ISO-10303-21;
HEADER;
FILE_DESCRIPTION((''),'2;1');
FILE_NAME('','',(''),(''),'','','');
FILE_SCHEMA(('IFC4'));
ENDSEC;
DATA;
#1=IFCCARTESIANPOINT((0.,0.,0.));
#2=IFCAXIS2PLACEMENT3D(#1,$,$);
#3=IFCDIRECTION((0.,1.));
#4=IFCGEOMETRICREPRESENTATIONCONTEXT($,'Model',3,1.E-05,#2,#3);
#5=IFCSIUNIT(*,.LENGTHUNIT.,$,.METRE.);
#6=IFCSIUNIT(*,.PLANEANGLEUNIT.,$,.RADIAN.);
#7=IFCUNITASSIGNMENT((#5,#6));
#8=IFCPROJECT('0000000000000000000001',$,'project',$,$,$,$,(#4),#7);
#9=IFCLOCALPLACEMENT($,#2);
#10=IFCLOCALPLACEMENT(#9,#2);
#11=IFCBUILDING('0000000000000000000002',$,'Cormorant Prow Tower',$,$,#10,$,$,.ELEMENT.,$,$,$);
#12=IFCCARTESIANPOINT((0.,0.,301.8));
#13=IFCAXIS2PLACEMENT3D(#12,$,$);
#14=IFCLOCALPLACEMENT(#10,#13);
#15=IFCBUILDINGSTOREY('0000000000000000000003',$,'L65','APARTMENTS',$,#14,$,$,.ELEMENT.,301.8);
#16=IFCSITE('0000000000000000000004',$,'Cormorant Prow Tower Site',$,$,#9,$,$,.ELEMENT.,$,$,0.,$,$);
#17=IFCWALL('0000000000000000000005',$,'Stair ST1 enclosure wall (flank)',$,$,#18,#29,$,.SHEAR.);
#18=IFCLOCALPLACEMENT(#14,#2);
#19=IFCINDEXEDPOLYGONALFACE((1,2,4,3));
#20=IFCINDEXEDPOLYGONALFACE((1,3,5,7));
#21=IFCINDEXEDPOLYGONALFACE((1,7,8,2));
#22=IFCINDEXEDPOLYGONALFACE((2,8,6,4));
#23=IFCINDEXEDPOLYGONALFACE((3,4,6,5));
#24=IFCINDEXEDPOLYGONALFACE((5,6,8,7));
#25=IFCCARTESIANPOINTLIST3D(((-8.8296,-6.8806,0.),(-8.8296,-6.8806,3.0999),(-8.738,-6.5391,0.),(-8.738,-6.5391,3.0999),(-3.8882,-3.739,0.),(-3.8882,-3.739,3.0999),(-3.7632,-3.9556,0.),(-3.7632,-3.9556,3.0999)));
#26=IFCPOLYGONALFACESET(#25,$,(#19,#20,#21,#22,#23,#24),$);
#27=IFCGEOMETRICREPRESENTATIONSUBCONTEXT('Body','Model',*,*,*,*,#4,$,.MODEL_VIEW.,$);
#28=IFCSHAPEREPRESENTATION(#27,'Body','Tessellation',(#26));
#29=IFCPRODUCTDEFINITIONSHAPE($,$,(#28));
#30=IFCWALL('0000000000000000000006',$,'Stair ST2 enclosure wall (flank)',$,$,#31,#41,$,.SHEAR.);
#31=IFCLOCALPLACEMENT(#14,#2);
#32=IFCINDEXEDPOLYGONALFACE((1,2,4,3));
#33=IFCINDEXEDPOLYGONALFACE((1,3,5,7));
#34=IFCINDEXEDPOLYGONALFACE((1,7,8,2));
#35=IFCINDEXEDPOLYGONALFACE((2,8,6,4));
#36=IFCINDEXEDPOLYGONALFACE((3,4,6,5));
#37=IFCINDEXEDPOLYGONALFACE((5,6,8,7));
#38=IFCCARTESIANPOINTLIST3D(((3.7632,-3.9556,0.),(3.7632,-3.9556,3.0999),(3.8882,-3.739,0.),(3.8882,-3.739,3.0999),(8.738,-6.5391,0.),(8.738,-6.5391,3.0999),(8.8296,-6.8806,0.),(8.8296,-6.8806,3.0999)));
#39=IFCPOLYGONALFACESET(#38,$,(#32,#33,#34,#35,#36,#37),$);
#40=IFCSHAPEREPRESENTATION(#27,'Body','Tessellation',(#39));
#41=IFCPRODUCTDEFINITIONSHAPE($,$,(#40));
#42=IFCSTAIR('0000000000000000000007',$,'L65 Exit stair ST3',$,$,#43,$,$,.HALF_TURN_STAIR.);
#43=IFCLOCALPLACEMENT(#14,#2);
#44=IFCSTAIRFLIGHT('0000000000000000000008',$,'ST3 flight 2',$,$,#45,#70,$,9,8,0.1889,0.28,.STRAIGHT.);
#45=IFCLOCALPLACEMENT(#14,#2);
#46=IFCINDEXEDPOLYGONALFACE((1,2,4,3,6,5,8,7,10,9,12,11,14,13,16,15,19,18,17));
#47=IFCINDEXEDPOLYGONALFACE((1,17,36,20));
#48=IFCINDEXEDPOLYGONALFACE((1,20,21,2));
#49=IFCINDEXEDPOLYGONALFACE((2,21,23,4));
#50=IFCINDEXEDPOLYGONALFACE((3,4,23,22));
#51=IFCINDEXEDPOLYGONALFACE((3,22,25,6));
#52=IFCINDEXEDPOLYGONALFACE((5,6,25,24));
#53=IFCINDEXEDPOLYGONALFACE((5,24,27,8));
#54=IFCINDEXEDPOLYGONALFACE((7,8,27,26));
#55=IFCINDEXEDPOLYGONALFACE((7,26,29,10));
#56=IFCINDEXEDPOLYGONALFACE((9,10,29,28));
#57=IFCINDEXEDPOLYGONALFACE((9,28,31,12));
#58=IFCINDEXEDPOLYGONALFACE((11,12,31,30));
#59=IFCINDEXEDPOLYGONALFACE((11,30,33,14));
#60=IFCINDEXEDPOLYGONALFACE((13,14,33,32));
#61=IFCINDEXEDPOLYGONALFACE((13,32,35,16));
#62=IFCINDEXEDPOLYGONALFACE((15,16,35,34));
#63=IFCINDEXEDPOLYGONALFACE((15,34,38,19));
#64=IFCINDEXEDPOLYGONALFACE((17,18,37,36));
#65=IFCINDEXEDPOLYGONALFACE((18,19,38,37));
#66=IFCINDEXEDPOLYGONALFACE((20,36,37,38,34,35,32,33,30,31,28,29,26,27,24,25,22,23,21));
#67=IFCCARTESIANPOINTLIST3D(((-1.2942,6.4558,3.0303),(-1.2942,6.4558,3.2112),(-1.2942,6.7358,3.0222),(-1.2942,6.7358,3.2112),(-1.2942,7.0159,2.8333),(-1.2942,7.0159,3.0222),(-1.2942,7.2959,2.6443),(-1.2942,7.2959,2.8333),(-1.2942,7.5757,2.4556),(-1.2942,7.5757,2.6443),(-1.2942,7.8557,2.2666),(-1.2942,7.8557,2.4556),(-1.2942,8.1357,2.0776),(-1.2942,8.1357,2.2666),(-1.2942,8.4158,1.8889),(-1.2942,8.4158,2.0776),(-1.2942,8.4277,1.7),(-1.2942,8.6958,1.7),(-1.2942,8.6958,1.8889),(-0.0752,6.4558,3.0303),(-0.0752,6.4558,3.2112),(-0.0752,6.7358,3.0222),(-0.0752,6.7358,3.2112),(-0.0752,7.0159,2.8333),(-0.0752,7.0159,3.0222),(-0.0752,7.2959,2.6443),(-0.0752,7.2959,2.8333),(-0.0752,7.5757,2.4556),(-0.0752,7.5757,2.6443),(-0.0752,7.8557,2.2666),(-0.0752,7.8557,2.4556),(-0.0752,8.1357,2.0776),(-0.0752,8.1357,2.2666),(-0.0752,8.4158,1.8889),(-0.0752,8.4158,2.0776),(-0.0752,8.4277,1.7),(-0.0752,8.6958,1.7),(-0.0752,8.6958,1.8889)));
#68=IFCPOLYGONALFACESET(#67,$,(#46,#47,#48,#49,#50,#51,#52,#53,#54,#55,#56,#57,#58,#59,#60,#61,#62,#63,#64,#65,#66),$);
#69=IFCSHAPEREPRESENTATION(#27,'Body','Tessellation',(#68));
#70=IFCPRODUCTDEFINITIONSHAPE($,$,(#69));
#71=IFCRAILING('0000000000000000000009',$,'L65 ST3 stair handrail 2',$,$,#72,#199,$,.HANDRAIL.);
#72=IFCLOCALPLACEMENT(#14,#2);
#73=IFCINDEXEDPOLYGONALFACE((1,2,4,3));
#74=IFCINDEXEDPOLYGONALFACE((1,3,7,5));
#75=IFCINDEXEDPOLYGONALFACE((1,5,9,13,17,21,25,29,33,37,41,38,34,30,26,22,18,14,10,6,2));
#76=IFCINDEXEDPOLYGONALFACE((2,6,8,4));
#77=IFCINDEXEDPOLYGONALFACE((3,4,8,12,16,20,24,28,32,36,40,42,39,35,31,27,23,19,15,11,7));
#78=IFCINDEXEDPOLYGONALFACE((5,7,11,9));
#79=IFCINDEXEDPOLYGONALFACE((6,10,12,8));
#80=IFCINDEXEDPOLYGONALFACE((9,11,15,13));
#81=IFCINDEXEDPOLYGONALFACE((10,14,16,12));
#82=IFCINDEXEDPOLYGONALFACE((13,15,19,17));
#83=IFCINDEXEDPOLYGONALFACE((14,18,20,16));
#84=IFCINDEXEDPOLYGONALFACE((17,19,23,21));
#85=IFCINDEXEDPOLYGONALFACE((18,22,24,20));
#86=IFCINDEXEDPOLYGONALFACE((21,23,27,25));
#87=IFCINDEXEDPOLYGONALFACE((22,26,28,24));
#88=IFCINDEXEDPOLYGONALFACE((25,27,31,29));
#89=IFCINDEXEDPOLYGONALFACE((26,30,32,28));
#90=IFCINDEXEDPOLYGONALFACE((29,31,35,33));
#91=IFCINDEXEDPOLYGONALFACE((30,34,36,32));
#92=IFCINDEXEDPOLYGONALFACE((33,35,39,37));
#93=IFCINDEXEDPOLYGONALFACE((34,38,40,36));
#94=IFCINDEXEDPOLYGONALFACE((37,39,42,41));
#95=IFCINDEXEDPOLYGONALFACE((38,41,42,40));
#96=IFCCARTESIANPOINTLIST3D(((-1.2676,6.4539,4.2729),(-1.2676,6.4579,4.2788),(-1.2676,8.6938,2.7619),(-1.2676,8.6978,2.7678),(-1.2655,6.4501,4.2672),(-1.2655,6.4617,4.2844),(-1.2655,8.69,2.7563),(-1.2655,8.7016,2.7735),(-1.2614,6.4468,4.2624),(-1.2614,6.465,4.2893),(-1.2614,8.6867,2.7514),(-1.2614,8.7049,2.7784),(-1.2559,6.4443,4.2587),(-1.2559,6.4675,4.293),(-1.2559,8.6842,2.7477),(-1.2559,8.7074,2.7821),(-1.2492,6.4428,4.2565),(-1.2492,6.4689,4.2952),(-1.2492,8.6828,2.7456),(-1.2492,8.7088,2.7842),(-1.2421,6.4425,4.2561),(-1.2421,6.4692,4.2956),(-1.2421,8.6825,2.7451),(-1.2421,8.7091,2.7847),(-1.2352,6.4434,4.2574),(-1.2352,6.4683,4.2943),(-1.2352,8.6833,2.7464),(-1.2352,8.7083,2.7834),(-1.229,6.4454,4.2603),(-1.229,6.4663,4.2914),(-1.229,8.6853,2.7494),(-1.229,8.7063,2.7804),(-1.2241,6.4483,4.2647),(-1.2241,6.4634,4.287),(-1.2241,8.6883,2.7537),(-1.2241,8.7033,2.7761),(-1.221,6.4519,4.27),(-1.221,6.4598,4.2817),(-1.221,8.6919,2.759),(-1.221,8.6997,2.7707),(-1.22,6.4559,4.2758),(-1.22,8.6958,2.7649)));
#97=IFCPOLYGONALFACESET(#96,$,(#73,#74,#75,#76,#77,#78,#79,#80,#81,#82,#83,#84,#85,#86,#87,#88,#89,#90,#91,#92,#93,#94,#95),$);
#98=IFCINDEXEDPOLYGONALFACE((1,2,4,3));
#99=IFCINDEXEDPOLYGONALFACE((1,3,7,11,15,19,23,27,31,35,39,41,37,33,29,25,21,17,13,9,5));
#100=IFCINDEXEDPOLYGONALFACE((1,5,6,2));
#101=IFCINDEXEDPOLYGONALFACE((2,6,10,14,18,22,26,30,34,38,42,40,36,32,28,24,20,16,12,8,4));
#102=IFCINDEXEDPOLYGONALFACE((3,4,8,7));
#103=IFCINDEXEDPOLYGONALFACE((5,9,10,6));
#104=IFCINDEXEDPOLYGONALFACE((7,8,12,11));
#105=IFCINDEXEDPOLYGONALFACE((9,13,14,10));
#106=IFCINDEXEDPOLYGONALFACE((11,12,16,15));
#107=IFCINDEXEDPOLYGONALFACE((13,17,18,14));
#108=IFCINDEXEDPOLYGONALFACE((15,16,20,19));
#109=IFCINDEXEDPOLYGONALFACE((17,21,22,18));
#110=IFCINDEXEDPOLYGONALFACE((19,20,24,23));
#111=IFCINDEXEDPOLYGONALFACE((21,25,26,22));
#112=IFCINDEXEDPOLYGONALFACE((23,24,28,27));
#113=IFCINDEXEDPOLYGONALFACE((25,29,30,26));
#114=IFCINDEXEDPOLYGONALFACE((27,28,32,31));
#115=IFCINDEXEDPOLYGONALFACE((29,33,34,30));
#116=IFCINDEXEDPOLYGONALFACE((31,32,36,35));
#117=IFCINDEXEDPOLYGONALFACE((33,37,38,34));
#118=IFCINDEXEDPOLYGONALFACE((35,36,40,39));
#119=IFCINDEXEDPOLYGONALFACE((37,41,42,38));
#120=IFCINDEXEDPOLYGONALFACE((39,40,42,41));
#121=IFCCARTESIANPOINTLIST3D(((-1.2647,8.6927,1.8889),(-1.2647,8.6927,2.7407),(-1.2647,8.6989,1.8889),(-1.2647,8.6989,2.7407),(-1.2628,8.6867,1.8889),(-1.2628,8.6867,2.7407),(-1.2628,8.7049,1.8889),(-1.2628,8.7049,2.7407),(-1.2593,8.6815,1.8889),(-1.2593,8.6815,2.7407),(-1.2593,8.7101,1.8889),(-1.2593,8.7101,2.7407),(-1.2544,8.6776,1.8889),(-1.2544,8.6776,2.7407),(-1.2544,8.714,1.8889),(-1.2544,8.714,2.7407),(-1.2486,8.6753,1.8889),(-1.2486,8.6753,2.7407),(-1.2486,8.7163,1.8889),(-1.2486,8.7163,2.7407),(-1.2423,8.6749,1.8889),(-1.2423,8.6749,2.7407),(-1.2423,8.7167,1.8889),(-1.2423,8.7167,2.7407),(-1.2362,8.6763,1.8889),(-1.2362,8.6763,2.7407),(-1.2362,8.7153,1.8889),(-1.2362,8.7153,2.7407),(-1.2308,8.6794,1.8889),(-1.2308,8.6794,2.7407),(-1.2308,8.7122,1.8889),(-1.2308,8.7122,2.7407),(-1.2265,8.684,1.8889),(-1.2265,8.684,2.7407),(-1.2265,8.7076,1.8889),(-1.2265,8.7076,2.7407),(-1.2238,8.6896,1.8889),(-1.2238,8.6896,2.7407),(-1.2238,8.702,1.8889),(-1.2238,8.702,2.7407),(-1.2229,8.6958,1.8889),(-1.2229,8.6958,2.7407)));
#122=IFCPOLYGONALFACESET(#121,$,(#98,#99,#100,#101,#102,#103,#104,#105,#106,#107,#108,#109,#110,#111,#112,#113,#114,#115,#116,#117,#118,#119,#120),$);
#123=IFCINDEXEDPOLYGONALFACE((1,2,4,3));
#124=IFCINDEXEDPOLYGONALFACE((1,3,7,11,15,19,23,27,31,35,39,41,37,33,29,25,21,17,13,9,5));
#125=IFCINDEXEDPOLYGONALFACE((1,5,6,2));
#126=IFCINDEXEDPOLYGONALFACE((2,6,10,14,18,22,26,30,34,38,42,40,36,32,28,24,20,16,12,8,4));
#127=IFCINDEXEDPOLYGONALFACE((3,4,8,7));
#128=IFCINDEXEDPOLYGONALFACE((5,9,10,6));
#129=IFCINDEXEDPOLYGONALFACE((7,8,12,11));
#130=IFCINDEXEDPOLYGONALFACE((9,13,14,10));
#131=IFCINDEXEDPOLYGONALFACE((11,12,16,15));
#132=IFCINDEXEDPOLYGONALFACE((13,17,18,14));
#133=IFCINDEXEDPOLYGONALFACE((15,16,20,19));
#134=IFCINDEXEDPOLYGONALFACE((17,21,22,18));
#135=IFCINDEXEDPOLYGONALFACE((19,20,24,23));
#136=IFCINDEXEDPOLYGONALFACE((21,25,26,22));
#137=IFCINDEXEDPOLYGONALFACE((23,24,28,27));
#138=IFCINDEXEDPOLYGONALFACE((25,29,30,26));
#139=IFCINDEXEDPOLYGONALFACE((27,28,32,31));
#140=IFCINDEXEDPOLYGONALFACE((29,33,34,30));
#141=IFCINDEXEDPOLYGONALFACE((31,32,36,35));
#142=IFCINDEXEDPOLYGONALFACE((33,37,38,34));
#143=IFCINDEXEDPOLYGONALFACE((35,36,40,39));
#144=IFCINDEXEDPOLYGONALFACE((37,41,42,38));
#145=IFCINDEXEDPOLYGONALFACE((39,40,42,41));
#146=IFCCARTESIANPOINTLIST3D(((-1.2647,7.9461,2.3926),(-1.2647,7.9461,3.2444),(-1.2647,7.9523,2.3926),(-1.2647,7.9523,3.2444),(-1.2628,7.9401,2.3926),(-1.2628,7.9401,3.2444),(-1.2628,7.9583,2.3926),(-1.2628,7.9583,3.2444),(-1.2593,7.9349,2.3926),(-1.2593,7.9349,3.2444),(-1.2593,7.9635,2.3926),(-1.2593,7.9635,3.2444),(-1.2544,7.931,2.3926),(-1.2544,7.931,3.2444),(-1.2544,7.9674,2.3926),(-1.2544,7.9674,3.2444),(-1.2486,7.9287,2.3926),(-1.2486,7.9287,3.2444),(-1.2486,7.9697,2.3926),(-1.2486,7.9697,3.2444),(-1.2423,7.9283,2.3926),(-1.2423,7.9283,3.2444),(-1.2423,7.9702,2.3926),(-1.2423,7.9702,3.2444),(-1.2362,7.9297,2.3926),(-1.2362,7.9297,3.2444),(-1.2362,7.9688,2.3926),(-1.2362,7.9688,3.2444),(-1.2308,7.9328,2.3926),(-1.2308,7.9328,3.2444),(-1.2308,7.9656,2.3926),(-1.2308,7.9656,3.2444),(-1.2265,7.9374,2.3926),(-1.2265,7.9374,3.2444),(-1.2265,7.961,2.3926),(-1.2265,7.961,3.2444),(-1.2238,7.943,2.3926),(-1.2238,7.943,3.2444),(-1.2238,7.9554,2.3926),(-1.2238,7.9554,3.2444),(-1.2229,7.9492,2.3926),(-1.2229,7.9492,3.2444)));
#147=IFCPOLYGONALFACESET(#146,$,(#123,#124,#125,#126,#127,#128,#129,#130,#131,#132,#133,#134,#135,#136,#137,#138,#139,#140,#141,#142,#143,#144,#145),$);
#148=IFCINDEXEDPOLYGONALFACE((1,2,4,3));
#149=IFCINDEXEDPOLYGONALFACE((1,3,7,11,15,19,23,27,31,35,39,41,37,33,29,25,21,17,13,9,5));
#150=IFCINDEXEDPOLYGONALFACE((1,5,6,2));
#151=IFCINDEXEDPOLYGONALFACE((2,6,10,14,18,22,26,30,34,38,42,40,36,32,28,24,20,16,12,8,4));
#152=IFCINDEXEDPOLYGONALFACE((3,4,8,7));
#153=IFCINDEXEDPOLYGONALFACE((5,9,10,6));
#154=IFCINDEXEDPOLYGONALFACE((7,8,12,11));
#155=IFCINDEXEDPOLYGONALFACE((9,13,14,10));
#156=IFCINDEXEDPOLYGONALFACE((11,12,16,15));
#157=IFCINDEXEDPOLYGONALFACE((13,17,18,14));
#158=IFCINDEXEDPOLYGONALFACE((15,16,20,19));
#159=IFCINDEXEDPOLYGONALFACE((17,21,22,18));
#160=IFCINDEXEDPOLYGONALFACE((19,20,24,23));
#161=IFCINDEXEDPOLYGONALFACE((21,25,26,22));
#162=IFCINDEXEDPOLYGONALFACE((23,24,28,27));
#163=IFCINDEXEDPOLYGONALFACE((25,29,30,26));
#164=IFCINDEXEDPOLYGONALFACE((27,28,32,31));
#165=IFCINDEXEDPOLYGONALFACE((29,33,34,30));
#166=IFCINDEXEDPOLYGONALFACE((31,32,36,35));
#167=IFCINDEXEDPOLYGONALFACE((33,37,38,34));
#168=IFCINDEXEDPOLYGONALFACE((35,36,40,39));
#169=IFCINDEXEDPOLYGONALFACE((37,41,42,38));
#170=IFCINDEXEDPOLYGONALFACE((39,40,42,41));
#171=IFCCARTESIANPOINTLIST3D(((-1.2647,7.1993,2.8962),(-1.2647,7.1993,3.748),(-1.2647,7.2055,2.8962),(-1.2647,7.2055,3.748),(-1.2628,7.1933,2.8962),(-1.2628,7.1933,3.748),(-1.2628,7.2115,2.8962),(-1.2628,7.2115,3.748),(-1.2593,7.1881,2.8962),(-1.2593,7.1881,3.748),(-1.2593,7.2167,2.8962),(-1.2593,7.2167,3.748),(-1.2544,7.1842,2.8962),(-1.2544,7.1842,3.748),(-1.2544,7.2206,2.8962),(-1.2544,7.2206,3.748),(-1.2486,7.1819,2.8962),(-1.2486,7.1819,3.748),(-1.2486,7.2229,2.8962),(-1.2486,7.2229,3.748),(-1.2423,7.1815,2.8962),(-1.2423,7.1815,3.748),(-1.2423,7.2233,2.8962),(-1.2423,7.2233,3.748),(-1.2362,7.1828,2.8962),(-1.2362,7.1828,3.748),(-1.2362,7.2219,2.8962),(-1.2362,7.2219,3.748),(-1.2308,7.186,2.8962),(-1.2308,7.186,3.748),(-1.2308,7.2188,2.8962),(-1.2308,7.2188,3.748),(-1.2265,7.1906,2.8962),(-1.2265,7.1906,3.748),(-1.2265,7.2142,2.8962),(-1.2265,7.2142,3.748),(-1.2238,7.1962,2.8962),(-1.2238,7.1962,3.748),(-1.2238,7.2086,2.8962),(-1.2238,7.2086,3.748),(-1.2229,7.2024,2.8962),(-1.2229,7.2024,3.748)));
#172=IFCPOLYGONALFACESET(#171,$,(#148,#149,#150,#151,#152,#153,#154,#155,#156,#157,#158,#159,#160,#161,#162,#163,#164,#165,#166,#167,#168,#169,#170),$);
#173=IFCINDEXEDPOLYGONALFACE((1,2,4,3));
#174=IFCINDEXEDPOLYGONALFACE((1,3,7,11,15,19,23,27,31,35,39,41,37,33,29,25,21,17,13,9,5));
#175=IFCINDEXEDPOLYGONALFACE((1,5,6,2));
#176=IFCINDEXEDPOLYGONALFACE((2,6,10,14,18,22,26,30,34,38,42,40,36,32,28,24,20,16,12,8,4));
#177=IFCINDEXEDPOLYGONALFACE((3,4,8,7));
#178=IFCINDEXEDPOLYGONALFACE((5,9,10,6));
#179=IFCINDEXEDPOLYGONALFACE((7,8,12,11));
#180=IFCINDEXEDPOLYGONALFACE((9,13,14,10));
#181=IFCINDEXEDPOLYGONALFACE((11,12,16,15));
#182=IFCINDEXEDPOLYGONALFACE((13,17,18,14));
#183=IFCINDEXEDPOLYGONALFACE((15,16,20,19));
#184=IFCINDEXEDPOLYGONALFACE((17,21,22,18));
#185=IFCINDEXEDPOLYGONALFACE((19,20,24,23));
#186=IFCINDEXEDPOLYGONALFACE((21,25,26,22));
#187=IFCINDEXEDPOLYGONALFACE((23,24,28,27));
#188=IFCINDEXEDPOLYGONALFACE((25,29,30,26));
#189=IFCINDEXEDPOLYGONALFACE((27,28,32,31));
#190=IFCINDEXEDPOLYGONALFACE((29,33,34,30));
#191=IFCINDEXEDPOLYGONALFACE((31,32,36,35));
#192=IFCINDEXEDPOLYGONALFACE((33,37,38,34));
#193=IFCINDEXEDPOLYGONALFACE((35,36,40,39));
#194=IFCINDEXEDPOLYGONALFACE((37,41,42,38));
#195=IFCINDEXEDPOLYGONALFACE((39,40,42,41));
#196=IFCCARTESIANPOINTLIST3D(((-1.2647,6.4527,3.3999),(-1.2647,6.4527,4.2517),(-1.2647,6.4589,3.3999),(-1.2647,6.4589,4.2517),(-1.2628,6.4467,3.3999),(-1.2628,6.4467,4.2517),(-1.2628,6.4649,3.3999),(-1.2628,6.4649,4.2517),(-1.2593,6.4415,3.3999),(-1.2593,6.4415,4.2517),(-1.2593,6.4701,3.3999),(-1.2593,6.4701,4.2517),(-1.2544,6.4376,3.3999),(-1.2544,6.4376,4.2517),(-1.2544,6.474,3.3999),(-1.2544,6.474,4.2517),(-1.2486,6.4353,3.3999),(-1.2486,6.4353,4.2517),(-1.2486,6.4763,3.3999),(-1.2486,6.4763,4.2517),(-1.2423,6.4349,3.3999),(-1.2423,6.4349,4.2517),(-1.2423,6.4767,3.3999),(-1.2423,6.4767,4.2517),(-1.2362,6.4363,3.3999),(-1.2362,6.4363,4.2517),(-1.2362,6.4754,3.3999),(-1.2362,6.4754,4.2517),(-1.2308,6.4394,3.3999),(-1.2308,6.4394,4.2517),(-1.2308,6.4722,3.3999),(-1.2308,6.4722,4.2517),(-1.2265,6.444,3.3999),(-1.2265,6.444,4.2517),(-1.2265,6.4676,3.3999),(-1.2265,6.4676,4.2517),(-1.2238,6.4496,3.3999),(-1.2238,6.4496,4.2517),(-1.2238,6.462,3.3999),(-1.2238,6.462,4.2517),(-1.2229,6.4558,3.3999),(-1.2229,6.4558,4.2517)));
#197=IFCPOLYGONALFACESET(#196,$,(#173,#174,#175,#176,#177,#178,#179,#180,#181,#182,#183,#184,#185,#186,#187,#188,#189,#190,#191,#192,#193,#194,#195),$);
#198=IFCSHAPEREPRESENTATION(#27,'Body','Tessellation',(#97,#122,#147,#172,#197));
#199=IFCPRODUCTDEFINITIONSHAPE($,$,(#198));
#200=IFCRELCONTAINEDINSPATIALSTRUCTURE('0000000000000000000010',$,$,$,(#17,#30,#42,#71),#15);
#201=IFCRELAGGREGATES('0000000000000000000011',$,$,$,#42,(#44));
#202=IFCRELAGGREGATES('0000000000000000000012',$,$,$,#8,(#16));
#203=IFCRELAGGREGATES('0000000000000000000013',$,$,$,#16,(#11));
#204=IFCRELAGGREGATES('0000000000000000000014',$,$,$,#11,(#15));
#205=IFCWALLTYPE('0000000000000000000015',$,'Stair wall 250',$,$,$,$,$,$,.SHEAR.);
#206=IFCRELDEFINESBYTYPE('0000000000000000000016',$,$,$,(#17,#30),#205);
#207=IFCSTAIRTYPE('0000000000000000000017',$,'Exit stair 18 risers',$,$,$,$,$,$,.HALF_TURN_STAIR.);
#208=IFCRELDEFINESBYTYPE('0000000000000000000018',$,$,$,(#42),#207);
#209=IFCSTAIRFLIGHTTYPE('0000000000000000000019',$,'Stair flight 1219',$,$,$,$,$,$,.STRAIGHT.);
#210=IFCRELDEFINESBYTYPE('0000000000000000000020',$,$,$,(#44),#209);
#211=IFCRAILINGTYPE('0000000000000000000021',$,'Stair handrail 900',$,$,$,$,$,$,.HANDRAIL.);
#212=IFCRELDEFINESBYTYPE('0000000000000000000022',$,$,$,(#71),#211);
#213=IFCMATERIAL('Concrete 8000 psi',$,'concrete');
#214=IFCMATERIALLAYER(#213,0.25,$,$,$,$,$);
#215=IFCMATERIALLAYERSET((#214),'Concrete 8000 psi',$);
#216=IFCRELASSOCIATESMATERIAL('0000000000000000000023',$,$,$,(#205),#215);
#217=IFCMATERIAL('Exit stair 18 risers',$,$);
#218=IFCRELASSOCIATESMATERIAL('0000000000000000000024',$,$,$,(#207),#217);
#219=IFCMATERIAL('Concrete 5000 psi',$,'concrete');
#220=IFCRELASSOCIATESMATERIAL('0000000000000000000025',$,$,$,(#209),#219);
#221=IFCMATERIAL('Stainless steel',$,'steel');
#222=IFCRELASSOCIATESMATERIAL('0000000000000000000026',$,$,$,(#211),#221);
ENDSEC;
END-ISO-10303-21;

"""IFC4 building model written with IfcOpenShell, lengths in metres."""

from ifc_helpers import new_model, si_unit, direction, frame, origin, origin_2d, place, context, subcontext, project, spatial, polyline, circle, outline, extrude, material, layer, layer_set, type_object, element, aggregate, save


model = new_model("IFC4")

# Units and contexts
model_context = context("Model", 3, precision=1e-05, world=origin(), true_north=direction((0.0, 1.0)))
body_context = subcontext(model_context, "Body", "Model", "MODEL_VIEW")
ifc_project = project(units=[si_unit("LENGTHUNIT", "METRE"), si_unit("PLANEANGLEUNIT", "RADIAN")], contexts=[model_context])

# Site, building, storey
site_placement = place(None, origin())
site = spatial("IfcSite", under=ifc_project, at=site_placement, Name="Cormorant Prow Tower Site", CompositionType="ELEMENT", RefElevation=0.0)
building_placement = place(site_placement, origin())
building = spatial("IfcBuilding", under=site, at=building_placement, Name="Cormorant Prow Tower", CompositionType="ELEMENT")
storey_placement = place(building_placement, frame((0.0, 0.0, 301.8)))
storey = spatial("IfcBuildingStorey", under=building, at=storey_placement, Name="L65", Description="APARTMENTS", CompositionType="ELEMENT", Elevation=301.8)

# Walls
ifc_material_1 = material(Name="Concrete 8000 psi", Category="concrete")
ifc_layer_1 = layer(ifc_material_1, 0.25)
ifc_layer_set_1 = layer_set([ifc_layer_1], Name="Concrete 8000 psi")
wall_type_1 = type_object("IfcWallType", Name="Stair wall 250", PredefinedType="SHEAR", material=ifc_layer_set_1)
wall_1_placement = place(storey_placement, origin())
element("IfcWall", 1, at=wall_1_placement, inside=storey, type_object=wall_type_1, Name="Stair ST1 enclosure wall (flank)", PredefinedType="SHEAR", context=body_context, shape_type="SweptSolid", body=[
    extrude(outline(polyline([(-8.738, -6.5391), (-8.8296, -6.8806), (-3.7632, -3.9556), (-3.8882, -3.739), (-8.738, -6.5391)])), origin(), (0.0, 0.0, 1.0), 3.0999),
])
wall_2_placement = place(storey_placement, origin())
element("IfcWall", 2, at=wall_2_placement, inside=storey, type_object=wall_type_1, Name="Stair ST2 enclosure wall (flank)", PredefinedType="SHEAR", context=body_context, shape_type="SweptSolid", body=[
    extrude(outline(polyline([(3.7632, -3.9556), (8.8296, -6.8806), (8.738, -6.5391), (3.8882, -3.739), (3.7632, -3.9556)])), origin(), (0.0, 0.0, 1.0), 3.0999),
])

# Stair, stair flight
ifc_material_2 = material(Name="Exit stair 18 risers")
stair_type = type_object("IfcStairType", Name="Exit stair 18 risers", PredefinedType="HALF_TURN_STAIR", material=ifc_material_2)
stair_placement = place(storey_placement, origin())
stair = element("IfcStair", 3, at=stair_placement, inside=storey, type_object=stair_type, Name="L65 Exit stair ST3", PredefinedType="HALF_TURN_STAIR")
ifc_material_3 = material(Name="Concrete 5000 psi", Category="concrete")
stair_flight_type = type_object("IfcStairFlightType", Name="Stair flight 1219", PredefinedType="STRAIGHT", material=ifc_material_3)
stair_flight_placement = place(storey_placement, frame((-0.6846, 8.6958, 1.7), z_axis=(0.0, 0.0, 1.0), x_axis=(0.0, -1.0, 0.0)))
stair_flight = element("IfcStairFlight", 4, at=stair_flight_placement, type_object=stair_flight_type, Name="ST3 flight 2", NumberOfRisers=9, NumberOfTreads=8, PredefinedType="STRAIGHT", RiserHeight=0.1889, TreadLength=0.28, context=body_context, shape_type="SweptSolid", body=[
    extrude(outline(polyline([(0.0, 0.0), (0.0, 0.189), (0.28, 0.189), (0.28, 0.3777), (0.5601, 0.3777), (0.5601, 0.5667), (0.8401, 0.5667), (0.8401, 0.7556), (1.1201, 0.7556), (1.1201, 0.9443), (1.3999, 0.9443), (1.3999, 1.1333), (1.6799, 1.1333), (1.6799, 1.3223), (1.96, 1.3223), (1.96, 1.5112), (2.24, 1.5112), (2.24, 1.7), (2.24, 1.3303), (0.2681, 0.0), (0.0, 0.0)])), frame((0.0, 0.6094, 0.0), z_axis=(0.0, -1.0, 0.0), x_axis=(1.0, 0.0, 0.0)), (0.0, 0.0, 1.0), 1.219),
])
aggregate(stair, [stair_flight])

# Railing
ifc_material_4 = material(Name="Stainless steel", Category="steel")
railing_type = type_object("IfcRailingType", Name="Stair handrail 900", PredefinedType="HANDRAIL", material=ifc_material_4)
railing_placement = place(storey_placement, frame((-1.2439, 8.6958, 1.8889)))
element("IfcRailing", 5, at=railing_placement, inside=storey, type_object=railing_type, Name="L65 ST3 stair handrail 2", PredefinedType="HANDRAIL", context=body_context, shape_type="SweptSolid", body=[
    extrude(circle(Radius=0.0239, at=origin_2d()), frame((0.0, 0.0, 0.876), z_axis=(0.0, -0.829021, 0.559217), x_axis=(1.0, 0.0, 0.0)), (0.0, 0.0, 1.0), 2.7019),
    extrude(circle(Radius=0.021, at=origin_2d()), origin(), (0.0, 0.0, 1.0), 0.8518),
    extrude(circle(Radius=0.021, at=origin_2d()), frame((0.0, -0.7466, 0.5037)), (0.0, 0.0, 1.0), 0.8518),
    extrude(circle(Radius=0.021, at=origin_2d()), frame((0.0, -1.4934, 1.0073)), (0.0, 0.0, 1.0), 0.8518),
    extrude(circle(Radius=0.021, at=origin_2d()), frame((0.0, -2.24, 1.511)), (0.0, 0.0, 1.0), 0.8518),
])

save(model, "model.ifc")
